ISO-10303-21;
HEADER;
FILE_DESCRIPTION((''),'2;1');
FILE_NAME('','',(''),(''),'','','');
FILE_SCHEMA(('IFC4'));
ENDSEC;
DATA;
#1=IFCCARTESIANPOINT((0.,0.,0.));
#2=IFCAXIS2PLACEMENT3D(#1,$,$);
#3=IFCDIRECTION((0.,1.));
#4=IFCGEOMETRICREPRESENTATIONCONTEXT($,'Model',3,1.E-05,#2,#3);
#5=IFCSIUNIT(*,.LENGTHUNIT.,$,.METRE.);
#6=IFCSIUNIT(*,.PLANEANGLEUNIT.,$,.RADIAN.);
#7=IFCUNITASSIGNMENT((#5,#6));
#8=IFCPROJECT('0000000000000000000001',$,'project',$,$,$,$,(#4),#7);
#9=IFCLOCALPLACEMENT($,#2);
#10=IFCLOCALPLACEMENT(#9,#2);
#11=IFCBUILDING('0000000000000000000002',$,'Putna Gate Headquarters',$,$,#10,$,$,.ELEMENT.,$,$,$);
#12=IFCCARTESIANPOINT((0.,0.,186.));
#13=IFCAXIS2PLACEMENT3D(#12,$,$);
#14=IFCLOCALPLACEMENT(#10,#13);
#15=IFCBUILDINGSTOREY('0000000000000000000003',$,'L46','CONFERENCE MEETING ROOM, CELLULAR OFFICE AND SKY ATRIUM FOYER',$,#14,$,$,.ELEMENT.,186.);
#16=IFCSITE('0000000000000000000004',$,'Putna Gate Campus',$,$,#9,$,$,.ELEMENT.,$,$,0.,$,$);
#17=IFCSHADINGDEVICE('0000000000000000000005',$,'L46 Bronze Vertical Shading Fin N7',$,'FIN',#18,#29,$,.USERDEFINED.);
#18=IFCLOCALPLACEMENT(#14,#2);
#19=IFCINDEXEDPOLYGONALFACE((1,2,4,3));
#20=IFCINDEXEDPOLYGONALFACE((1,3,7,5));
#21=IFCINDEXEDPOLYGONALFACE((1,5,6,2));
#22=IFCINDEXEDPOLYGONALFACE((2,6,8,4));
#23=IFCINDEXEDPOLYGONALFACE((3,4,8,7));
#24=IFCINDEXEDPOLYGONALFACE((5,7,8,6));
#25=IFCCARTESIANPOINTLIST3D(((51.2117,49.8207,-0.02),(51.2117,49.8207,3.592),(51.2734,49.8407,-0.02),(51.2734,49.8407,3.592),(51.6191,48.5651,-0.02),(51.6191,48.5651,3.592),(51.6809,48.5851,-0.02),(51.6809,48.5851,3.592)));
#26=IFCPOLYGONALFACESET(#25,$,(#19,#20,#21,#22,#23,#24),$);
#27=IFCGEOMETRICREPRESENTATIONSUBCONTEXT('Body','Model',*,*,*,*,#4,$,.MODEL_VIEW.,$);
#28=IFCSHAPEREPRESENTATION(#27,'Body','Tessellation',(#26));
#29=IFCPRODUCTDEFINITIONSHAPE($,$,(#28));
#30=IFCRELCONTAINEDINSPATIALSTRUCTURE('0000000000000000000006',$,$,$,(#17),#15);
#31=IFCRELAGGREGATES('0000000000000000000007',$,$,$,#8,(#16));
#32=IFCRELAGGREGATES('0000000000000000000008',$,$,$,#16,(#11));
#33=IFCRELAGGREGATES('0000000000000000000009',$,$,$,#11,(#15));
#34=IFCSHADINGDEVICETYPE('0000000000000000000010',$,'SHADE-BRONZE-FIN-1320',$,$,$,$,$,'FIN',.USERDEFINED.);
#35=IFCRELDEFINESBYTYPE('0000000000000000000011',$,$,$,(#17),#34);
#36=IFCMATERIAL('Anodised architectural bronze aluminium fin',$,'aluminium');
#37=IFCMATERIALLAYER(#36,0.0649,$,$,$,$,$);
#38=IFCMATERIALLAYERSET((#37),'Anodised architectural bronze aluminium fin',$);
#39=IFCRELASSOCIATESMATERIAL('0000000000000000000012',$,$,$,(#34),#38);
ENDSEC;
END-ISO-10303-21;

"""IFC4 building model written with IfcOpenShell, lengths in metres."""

from ifc_helpers import new_model, si_unit, direction, frame, origin, origin_2d, place, context, subcontext, project, spatial, rectangle, extrude, material, layer, layer_set, type_object, element, save


model = new_model("IFC4")

# Units and contexts
model_context = context("Model", 3, precision=1e-05, world=origin(), true_north=direction((0.0, 1.0)))
body_context = subcontext(model_context, "Body", "Model", "MODEL_VIEW")
ifc_project = project(units=[si_unit("LENGTHUNIT", "METRE"), si_unit("PLANEANGLEUNIT", "RADIAN")], contexts=[model_context])

# Site, building, storey
site_placement = place(None, origin())
site = spatial("IfcSite", under=ifc_project, at=site_placement, Name="Putna Gate Campus", CompositionType="ELEMENT", RefElevation=0.0)
building_placement = place(site_placement, origin())
building = spatial("IfcBuilding", under=site, at=building_placement, Name="Putna Gate Headquarters", CompositionType="ELEMENT")
storey_placement = place(building_placement, frame((0.0, 0.0, 186.0)))
storey = spatial("IfcBuildingStorey", under=building, at=storey_placement, Name="L46", Description="CONFERENCE MEETING ROOM, CELLULAR OFFICE AND SKY ATRIUM FOYER", CompositionType="ELEMENT", Elevation=186.0)

# Shading device
ifc_material_1 = material(Name="Anodised architectural bronze aluminium fin", Category="aluminium")
ifc_layer_1 = layer(ifc_material_1, 0.0649)
ifc_layer_set_1 = layer_set([ifc_layer_1], Name="Anodised architectural bronze aluminium fin")
shading_device_type = type_object("IfcShadingDeviceType", Name="SHADE-BRONZE-FIN-1320", ElementType="FIN", PredefinedType="USERDEFINED", material=ifc_layer_set_1)
shading_device_placement = place(storey_placement, frame((51.4463, 49.2029, -0.02), z_axis=(0.0, 0.0, 1.0), x_axis=(-0.308685, 0.951164, 0.0)))
element("IfcShadingDevice", 1, at=shading_device_placement, inside=storey, type_object=shading_device_type, Name="L46 Bronze Vertical Shading Fin N7", ObjectType="FIN", PredefinedType="USERDEFINED", context=body_context, shape_type="SweptSolid", body=[
    extrude(rectangle(XDim=1.3201, YDim=0.0649, at=origin_2d()), origin(), (0.0, 0.0, 1.0), 3.6121),
])

save(model, "model.ifc")
